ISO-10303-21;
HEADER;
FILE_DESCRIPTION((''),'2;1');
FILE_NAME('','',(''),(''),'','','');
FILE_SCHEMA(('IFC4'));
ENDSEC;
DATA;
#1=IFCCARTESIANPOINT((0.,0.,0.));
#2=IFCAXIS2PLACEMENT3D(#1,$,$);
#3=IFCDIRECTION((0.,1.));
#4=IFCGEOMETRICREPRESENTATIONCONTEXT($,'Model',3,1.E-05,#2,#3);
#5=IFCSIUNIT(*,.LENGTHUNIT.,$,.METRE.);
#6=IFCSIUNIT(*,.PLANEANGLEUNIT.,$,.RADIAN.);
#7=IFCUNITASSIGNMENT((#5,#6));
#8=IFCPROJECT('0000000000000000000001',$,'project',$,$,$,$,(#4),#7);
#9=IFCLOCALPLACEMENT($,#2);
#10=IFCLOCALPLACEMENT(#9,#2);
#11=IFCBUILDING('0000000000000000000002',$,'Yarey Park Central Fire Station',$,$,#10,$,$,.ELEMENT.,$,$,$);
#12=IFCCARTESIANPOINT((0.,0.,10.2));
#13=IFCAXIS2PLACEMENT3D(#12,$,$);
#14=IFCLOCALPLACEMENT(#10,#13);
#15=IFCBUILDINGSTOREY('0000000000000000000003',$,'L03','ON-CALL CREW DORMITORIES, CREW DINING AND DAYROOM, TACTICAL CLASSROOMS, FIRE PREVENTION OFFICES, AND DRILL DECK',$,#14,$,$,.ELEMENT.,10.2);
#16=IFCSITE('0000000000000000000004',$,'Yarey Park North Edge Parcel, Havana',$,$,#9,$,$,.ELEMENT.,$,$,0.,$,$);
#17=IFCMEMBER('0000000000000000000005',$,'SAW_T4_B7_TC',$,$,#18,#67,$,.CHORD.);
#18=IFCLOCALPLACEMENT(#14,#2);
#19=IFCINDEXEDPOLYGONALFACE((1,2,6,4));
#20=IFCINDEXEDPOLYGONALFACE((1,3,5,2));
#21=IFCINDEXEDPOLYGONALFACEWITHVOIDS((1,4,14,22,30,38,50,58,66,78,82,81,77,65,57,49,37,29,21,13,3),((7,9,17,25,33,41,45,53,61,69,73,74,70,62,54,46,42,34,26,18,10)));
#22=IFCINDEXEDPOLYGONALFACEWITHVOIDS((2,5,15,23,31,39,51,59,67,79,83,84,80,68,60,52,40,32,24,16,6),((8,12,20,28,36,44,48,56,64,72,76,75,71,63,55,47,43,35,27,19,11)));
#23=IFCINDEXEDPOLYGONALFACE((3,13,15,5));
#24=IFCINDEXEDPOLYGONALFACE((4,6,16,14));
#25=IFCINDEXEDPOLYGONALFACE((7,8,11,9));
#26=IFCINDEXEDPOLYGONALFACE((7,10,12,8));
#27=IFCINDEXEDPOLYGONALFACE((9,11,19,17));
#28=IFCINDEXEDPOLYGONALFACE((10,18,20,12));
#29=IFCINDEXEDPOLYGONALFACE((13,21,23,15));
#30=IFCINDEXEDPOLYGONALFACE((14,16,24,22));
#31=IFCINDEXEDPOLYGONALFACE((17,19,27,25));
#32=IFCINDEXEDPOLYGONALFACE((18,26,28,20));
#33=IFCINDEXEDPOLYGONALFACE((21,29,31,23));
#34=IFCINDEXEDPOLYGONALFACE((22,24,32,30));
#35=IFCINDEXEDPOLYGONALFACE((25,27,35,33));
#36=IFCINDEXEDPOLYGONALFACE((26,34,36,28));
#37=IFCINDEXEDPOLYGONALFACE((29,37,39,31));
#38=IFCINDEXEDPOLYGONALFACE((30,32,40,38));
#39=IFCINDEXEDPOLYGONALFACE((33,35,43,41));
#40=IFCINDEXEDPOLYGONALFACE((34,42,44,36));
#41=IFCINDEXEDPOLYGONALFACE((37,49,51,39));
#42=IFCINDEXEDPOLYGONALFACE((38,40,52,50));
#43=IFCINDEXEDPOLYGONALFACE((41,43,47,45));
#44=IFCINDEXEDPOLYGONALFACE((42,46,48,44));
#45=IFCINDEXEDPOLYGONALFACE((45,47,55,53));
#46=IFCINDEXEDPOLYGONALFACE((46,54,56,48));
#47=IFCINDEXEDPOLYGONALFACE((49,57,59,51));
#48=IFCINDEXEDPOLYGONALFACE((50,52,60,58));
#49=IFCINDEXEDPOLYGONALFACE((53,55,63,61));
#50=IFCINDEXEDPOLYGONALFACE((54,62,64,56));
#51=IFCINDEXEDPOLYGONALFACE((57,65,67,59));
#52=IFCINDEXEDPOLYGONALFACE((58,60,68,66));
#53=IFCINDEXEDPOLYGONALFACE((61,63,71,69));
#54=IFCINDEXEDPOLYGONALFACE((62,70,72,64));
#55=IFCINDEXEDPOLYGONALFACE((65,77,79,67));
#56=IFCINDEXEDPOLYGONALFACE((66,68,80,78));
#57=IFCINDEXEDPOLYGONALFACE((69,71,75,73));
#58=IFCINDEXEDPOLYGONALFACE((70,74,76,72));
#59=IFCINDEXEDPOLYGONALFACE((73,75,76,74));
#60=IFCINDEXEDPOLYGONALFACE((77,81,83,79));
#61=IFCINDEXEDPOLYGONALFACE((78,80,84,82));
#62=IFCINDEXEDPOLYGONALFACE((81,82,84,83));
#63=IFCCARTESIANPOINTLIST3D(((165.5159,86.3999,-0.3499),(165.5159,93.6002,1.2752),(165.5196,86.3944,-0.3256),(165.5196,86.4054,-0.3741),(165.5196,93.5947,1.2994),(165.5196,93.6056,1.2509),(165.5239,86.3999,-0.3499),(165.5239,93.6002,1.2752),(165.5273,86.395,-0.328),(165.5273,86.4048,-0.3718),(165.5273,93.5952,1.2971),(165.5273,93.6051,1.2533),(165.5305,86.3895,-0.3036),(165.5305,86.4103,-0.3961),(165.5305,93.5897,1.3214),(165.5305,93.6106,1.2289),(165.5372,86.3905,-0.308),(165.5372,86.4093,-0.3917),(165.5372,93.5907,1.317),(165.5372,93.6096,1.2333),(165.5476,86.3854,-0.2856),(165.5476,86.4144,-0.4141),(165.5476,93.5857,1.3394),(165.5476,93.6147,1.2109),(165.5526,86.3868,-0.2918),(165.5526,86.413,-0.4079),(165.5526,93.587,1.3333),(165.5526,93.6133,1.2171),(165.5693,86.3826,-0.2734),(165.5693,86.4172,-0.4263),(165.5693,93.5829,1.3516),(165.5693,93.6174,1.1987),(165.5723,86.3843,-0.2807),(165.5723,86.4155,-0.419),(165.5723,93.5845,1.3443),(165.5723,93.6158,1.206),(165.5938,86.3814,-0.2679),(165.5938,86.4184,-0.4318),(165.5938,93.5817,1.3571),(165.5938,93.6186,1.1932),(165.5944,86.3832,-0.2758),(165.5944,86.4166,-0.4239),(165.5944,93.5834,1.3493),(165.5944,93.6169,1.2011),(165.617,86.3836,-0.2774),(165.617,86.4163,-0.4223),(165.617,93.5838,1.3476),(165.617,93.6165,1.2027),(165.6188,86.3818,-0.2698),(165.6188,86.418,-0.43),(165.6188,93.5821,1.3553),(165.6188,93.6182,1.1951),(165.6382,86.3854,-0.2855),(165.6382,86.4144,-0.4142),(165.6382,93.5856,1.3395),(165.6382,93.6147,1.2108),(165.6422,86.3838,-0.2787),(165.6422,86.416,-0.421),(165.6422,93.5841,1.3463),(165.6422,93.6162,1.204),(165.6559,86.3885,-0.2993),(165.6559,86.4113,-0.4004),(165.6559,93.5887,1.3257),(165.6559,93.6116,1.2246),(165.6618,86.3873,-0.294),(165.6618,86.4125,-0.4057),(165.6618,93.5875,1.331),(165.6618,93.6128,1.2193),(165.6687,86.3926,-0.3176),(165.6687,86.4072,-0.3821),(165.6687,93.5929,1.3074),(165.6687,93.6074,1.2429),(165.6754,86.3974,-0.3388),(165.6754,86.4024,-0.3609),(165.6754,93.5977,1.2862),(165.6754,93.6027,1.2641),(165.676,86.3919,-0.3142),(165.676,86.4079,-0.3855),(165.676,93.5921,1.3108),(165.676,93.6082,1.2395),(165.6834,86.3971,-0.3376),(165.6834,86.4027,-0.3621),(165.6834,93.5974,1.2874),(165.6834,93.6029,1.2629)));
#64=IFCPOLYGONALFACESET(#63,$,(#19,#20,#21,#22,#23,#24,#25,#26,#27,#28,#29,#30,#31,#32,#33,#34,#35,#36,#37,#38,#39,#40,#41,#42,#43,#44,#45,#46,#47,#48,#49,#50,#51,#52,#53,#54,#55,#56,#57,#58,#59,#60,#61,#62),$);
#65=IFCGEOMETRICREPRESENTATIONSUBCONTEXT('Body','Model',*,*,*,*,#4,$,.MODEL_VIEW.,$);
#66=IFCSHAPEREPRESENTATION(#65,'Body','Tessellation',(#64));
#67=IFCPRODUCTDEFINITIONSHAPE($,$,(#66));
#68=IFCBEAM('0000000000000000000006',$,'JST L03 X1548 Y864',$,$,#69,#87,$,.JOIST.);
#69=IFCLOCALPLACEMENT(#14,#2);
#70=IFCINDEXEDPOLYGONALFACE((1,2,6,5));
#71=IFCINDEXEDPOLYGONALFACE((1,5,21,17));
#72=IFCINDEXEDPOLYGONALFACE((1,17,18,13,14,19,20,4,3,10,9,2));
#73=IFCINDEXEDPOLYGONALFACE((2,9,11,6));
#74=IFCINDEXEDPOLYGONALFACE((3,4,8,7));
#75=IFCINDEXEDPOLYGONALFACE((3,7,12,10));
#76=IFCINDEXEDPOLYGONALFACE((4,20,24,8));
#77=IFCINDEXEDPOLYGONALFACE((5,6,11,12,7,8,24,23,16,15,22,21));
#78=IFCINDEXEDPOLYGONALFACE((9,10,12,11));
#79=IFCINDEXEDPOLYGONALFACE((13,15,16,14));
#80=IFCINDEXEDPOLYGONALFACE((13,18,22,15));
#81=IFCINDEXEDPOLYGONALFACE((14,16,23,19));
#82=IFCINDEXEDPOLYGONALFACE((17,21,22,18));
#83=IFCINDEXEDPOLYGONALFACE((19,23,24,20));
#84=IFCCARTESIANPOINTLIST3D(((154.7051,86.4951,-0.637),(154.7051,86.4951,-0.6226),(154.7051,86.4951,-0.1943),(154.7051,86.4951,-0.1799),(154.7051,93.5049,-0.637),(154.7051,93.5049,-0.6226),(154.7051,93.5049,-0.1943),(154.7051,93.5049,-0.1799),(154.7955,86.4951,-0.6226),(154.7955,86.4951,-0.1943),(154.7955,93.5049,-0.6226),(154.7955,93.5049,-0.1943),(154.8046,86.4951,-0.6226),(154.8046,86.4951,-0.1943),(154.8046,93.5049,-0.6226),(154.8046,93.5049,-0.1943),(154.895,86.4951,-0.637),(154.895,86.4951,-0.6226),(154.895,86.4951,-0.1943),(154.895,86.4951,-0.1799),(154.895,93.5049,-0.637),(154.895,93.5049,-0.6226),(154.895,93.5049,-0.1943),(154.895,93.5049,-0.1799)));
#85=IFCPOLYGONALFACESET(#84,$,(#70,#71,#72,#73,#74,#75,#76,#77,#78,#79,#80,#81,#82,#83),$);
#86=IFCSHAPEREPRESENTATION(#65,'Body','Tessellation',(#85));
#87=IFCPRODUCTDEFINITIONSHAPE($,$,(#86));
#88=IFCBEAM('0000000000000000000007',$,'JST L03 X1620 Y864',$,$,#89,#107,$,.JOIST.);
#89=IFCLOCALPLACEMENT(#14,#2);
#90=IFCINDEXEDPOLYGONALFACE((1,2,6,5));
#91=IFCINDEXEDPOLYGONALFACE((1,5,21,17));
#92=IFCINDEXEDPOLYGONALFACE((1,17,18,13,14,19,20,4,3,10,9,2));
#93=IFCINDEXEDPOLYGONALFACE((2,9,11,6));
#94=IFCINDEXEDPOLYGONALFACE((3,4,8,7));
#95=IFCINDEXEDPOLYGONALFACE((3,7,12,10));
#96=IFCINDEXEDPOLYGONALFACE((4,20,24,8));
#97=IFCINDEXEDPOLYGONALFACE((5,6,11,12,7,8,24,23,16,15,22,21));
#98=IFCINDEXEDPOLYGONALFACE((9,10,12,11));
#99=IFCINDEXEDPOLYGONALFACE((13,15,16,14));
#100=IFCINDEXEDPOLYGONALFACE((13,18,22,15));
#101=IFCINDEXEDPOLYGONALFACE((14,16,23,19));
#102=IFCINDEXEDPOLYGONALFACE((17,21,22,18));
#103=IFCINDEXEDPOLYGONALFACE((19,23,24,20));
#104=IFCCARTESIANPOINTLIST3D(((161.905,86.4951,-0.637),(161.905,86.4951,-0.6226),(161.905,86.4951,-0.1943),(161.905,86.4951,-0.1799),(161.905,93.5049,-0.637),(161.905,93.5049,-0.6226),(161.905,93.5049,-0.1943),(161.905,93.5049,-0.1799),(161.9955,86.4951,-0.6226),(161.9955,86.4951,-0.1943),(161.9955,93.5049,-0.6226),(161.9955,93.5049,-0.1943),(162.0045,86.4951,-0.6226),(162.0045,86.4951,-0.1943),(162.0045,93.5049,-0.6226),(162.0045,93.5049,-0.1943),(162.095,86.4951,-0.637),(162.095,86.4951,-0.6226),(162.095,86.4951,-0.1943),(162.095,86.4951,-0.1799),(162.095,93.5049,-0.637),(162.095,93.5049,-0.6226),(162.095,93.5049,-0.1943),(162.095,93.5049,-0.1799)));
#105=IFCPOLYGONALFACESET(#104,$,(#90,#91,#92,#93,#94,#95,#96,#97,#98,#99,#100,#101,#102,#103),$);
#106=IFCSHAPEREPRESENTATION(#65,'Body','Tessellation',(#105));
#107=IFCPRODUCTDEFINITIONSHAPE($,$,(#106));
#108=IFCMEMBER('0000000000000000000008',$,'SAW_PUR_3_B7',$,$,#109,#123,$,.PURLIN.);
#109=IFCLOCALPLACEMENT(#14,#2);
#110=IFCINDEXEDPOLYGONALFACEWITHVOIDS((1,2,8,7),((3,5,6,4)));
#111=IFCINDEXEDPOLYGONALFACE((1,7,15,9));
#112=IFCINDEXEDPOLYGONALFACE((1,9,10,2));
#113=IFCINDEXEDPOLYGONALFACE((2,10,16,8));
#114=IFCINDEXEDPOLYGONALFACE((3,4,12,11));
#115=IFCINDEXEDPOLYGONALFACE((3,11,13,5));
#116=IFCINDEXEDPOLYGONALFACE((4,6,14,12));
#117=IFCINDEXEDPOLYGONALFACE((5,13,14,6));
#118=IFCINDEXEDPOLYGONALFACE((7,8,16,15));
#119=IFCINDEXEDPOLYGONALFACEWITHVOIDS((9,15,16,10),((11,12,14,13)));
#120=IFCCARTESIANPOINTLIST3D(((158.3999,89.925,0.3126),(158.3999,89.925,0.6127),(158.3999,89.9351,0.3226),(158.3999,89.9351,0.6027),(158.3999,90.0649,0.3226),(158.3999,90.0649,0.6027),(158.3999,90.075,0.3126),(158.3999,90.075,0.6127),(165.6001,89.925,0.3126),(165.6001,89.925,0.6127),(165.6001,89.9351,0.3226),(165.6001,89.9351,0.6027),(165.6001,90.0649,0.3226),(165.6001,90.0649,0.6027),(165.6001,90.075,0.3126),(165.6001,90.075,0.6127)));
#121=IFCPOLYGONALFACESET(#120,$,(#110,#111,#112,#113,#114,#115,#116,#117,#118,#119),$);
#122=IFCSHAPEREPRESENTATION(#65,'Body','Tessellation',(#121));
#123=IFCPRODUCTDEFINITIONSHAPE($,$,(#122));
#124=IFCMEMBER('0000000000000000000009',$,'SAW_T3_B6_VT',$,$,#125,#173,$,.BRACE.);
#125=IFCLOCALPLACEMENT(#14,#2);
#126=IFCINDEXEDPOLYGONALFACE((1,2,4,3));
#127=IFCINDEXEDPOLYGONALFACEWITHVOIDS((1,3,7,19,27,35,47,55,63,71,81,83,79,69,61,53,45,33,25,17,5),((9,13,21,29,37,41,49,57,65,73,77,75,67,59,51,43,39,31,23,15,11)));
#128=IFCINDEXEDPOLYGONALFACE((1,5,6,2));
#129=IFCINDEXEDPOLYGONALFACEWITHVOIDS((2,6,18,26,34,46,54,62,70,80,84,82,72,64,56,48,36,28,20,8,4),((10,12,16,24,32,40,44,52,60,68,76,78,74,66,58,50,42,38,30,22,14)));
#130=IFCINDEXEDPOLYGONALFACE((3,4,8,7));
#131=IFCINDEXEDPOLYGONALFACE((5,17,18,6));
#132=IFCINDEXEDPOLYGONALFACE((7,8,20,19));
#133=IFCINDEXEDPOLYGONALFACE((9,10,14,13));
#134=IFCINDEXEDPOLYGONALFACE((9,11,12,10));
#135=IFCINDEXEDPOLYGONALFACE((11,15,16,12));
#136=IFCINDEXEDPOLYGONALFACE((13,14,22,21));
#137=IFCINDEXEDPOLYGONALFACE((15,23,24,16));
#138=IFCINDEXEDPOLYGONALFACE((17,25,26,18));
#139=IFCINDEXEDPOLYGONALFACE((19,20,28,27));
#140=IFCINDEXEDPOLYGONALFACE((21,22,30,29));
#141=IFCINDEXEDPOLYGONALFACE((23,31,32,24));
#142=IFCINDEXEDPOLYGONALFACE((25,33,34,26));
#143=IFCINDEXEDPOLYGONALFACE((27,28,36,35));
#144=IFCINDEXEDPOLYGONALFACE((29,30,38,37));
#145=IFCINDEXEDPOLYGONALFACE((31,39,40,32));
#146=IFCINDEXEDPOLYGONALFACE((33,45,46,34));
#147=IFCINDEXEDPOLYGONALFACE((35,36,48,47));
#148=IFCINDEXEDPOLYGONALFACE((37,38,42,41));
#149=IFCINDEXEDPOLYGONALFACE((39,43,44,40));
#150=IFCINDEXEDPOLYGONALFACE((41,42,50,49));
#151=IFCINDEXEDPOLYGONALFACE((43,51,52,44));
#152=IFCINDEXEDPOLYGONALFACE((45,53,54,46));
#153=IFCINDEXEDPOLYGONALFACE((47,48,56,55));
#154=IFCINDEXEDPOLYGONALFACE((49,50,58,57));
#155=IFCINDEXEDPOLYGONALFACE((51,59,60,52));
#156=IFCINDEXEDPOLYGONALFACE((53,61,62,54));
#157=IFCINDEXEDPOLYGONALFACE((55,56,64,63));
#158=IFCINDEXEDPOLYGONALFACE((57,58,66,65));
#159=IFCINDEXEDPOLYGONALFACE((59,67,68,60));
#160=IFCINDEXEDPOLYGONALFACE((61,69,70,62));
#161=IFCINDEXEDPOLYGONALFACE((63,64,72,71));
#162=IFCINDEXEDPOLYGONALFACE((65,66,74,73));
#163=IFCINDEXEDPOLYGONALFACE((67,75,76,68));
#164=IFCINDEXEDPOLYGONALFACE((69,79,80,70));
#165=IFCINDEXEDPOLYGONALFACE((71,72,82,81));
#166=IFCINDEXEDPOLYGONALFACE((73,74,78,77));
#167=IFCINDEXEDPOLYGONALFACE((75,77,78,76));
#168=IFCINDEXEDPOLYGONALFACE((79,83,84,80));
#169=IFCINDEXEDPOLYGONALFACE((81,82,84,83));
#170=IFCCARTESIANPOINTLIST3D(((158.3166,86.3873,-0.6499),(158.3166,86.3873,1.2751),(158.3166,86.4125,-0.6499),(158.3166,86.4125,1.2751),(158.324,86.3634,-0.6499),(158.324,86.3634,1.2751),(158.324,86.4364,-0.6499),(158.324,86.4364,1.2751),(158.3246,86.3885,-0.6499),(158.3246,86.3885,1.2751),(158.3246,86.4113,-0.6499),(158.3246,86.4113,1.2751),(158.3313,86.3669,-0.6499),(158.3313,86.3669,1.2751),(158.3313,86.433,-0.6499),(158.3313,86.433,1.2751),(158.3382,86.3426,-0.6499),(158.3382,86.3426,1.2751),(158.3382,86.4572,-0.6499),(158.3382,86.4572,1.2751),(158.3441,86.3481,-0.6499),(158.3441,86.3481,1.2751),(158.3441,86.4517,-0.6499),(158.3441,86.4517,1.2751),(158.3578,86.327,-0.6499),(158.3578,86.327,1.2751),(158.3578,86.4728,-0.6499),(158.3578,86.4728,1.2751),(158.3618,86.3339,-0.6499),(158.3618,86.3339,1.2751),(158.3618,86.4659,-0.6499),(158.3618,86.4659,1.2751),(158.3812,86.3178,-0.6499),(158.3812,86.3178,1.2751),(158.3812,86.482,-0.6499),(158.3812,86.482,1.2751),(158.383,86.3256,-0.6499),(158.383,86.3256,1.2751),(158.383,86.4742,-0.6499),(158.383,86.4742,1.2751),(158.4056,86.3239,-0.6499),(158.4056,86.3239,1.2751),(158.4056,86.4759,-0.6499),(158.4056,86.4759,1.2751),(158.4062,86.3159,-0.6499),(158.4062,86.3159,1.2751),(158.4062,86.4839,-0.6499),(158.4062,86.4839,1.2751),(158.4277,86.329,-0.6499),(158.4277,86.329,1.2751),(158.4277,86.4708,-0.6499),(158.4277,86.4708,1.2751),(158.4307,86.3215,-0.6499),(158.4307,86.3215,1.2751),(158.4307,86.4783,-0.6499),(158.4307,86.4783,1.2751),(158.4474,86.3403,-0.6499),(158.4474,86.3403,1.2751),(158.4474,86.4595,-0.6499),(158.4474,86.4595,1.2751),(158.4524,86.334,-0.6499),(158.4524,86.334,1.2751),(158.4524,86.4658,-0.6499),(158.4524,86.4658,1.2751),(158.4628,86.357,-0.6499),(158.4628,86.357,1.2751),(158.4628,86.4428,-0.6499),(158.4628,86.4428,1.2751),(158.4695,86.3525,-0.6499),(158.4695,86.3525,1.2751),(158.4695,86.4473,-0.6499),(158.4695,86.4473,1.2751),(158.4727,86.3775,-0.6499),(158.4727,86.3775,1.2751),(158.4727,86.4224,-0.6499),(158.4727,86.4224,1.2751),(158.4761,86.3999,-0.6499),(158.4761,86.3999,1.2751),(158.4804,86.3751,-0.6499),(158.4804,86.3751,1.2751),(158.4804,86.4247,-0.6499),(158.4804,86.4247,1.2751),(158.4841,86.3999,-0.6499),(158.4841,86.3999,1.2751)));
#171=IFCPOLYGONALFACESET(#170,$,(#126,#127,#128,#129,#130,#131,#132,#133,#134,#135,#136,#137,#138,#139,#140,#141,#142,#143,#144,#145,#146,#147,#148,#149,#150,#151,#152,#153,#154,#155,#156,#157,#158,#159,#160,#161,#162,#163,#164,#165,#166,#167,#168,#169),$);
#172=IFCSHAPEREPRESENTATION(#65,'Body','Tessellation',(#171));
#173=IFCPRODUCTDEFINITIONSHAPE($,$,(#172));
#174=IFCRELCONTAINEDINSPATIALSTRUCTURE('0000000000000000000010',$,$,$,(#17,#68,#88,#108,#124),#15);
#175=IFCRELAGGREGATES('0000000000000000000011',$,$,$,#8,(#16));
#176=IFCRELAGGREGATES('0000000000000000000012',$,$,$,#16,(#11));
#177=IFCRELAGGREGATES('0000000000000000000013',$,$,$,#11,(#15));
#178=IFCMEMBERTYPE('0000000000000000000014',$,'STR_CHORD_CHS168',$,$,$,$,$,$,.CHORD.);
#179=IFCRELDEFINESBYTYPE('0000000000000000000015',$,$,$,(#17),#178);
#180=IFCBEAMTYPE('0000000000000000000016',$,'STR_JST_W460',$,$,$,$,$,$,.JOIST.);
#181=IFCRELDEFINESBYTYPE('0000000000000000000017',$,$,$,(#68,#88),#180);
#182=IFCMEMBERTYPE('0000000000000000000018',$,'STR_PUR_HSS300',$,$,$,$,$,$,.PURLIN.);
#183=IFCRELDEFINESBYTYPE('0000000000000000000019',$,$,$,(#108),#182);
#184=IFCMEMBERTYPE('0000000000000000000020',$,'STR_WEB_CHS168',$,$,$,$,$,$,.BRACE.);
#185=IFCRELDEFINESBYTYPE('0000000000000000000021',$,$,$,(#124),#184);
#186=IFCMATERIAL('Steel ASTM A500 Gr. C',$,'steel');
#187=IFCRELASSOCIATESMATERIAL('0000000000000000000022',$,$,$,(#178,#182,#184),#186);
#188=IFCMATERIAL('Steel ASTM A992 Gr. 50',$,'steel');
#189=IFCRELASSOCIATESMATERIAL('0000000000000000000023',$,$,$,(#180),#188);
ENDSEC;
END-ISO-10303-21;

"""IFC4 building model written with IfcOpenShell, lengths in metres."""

from ifc_helpers import new_model, si_unit, direction, frame, origin, origin_2d, place, context, subcontext, project, spatial, hollow_rectangle, hollow_circle, i_section, extrude, material, material_profile, profile_set, type_object, element, save


model = new_model("IFC4")

# Units and contexts
model_context = context("Model", 3, precision=1e-05, world=origin(), true_north=direction((0.0, 1.0)))
body_context = subcontext(model_context, "Body", "Model", "MODEL_VIEW")
ifc_project = project(units=[si_unit("LENGTHUNIT", "METRE"), si_unit("PLANEANGLEUNIT", "RADIAN")], contexts=[model_context])

# Site, building, storey
site_placement = place(None, origin())
site = spatial("IfcSite", under=ifc_project, at=site_placement, Name="Yarey Park North Edge Parcel, Havana", CompositionType="ELEMENT", RefElevation=0.0)
building_placement = place(site_placement, origin())
building = spatial("IfcBuilding", under=site, at=building_placement, Name="Yarey Park Central Fire Station", CompositionType="ELEMENT")
storey_placement = place(building_placement, frame((0.0, 0.0, 10.2)))
storey = spatial("IfcBuildingStorey", under=building, at=storey_placement, Name="L03", Description="ON-CALL CREW DORMITORIES, CREW DINING AND DAYROOM, TACTICAL CLASSROOMS, FIRE PREVENTION OFFICES, AND DRILL DECK", CompositionType="ELEMENT", Elevation=10.2)

# Shared definitions
ifc_material_1 = material(Name="Steel ASTM A992 Gr. 50", Category="steel")

# Member
ifc_material_2 = material(Name="Steel ASTM A500 Gr. C", Category="steel")
ifc_material_profile_1 = material_profile(ifc_material_2, hollow_circle(Radius=0.0842, WallThickness=0.0081, at=origin_2d()), Name="CHS 168.3x8")
ifc_profile_set_1 = profile_set([ifc_material_profile_1], Name="Steel ASTM A500 Gr. C")
member_type_1 = type_object("IfcMemberType", Name="STR_CHORD_CHS168", PredefinedType="CHORD", material=ifc_profile_set_1)
member_1_placement = place(storey_placement, frame((165.6001, 86.3999, -0.3499), z_axis=(0.0, 0.975466, 0.220151), x_axis=(-1.0, 0.0, 0.0)))
element("IfcMember", 1, at=member_1_placement, inside=storey, type_object=member_type_1, Name="SAW_T4_B7_TC", PredefinedType="CHORD", context=body_context, shape_type="SweptSolid", body=[
    extrude(hollow_circle(Radius=0.0842, WallThickness=0.0081, at=origin_2d()), origin(), (0.0, 0.0, 1.0), 7.3813),
])

# Beams
ifc_material_profile_2 = material_profile(ifc_material_1, i_section(OverallWidth=0.1899, OverallDepth=0.457, WebThickness=0.009, FlangeThickness=0.0144, at=origin_2d()), Name="W460x74")
ifc_profile_set_2 = profile_set([ifc_material_profile_2], Name="Steel ASTM A992 Gr. 50")
beam_type_1 = type_object("IfcBeamType", Name="STR_JST_W460", PredefinedType="JOIST", material=ifc_profile_set_2)
for number, where, z_axis, x_axis, name in (
    (2, (154.8, 86.4951, -0.4084), (0.0, 1.0, 0.0), (-1.0, 0.0, 0.0), "JST L03 X1548 Y864"),
    (3, (162.0, 86.4951, -0.4084), (0.0, 1.0, 0.0), (-1.0, 0.0, 0.0), "JST L03 X1620 Y864"),
):
    element("IfcBeam", number, at=place(storey_placement, frame(where, z_axis=z_axis, x_axis=x_axis)), inside=storey, type_object=beam_type_1, Name=name, PredefinedType="JOIST", context=body_context, shape_type="SweptSolid", body=[
        extrude(i_section(OverallWidth=0.1899, OverallDepth=0.457, WebThickness=0.009, FlangeThickness=0.0144, at=origin_2d()), origin(), (0.0, 0.0, 1.0), 7.0098),
    ])

# Members
ifc_material_profile_3 = material_profile(ifc_material_2, hollow_rectangle(XDim=0.1499, YDim=0.3, WallThickness=0.01, at=origin_2d()), Name="HSS 300x150x10")
ifc_profile_set_3 = profile_set([ifc_material_profile_3], Name="Steel ASTM A500 Gr. C")
member_type_2 = type_object("IfcMemberType", Name="STR_PUR_HSS300", PredefinedType="PURLIN", material=ifc_profile_set_3)
member_2_placement = place(storey_placement, frame((158.3999, 90.0, 0.4626), z_axis=(1.0, 0.0, 0.0), x_axis=(0.0, 1.0, 0.0)))
element("IfcMember", 4, at=member_2_placement, inside=storey, type_object=member_type_2, Name="SAW_PUR_3_B7", PredefinedType="PURLIN", context=body_context, shape_type="SweptSolid", body=[
    extrude(hollow_rectangle(XDim=0.1499, YDim=0.3, WallThickness=0.01, at=origin_2d()), origin(), (0.0, 0.0, 1.0), 7.2002),
])
ifc_material_profile_4 = material_profile(ifc_material_2, hollow_circle(Radius=0.0842, WallThickness=0.0081, at=origin_2d()), Name="CHS 168.3x8")
ifc_profile_set_4 = profile_set([ifc_material_profile_4], Name="Steel ASTM A500 Gr. C")
member_type_3 = type_object("IfcMemberType", Name="STR_WEB_CHS168", PredefinedType="BRACE", material=ifc_profile_set_4)
member_3_placement = place(storey_placement, frame((158.3999, 86.3999, -0.6499), z_axis=(0.0, 0.0, 1.0), x_axis=(1.0, 0.0, 0.0)))
element("IfcMember", 5, at=member_3_placement, inside=storey, type_object=member_type_3, Name="SAW_T3_B6_VT", PredefinedType="BRACE", context=body_context, shape_type="SweptSolid", body=[
    extrude(hollow_circle(Radius=0.0842, WallThickness=0.0081, at=origin_2d()), origin(), (0.0, 0.0, 1.0), 1.925),
])

save(model, "model.ifc")
